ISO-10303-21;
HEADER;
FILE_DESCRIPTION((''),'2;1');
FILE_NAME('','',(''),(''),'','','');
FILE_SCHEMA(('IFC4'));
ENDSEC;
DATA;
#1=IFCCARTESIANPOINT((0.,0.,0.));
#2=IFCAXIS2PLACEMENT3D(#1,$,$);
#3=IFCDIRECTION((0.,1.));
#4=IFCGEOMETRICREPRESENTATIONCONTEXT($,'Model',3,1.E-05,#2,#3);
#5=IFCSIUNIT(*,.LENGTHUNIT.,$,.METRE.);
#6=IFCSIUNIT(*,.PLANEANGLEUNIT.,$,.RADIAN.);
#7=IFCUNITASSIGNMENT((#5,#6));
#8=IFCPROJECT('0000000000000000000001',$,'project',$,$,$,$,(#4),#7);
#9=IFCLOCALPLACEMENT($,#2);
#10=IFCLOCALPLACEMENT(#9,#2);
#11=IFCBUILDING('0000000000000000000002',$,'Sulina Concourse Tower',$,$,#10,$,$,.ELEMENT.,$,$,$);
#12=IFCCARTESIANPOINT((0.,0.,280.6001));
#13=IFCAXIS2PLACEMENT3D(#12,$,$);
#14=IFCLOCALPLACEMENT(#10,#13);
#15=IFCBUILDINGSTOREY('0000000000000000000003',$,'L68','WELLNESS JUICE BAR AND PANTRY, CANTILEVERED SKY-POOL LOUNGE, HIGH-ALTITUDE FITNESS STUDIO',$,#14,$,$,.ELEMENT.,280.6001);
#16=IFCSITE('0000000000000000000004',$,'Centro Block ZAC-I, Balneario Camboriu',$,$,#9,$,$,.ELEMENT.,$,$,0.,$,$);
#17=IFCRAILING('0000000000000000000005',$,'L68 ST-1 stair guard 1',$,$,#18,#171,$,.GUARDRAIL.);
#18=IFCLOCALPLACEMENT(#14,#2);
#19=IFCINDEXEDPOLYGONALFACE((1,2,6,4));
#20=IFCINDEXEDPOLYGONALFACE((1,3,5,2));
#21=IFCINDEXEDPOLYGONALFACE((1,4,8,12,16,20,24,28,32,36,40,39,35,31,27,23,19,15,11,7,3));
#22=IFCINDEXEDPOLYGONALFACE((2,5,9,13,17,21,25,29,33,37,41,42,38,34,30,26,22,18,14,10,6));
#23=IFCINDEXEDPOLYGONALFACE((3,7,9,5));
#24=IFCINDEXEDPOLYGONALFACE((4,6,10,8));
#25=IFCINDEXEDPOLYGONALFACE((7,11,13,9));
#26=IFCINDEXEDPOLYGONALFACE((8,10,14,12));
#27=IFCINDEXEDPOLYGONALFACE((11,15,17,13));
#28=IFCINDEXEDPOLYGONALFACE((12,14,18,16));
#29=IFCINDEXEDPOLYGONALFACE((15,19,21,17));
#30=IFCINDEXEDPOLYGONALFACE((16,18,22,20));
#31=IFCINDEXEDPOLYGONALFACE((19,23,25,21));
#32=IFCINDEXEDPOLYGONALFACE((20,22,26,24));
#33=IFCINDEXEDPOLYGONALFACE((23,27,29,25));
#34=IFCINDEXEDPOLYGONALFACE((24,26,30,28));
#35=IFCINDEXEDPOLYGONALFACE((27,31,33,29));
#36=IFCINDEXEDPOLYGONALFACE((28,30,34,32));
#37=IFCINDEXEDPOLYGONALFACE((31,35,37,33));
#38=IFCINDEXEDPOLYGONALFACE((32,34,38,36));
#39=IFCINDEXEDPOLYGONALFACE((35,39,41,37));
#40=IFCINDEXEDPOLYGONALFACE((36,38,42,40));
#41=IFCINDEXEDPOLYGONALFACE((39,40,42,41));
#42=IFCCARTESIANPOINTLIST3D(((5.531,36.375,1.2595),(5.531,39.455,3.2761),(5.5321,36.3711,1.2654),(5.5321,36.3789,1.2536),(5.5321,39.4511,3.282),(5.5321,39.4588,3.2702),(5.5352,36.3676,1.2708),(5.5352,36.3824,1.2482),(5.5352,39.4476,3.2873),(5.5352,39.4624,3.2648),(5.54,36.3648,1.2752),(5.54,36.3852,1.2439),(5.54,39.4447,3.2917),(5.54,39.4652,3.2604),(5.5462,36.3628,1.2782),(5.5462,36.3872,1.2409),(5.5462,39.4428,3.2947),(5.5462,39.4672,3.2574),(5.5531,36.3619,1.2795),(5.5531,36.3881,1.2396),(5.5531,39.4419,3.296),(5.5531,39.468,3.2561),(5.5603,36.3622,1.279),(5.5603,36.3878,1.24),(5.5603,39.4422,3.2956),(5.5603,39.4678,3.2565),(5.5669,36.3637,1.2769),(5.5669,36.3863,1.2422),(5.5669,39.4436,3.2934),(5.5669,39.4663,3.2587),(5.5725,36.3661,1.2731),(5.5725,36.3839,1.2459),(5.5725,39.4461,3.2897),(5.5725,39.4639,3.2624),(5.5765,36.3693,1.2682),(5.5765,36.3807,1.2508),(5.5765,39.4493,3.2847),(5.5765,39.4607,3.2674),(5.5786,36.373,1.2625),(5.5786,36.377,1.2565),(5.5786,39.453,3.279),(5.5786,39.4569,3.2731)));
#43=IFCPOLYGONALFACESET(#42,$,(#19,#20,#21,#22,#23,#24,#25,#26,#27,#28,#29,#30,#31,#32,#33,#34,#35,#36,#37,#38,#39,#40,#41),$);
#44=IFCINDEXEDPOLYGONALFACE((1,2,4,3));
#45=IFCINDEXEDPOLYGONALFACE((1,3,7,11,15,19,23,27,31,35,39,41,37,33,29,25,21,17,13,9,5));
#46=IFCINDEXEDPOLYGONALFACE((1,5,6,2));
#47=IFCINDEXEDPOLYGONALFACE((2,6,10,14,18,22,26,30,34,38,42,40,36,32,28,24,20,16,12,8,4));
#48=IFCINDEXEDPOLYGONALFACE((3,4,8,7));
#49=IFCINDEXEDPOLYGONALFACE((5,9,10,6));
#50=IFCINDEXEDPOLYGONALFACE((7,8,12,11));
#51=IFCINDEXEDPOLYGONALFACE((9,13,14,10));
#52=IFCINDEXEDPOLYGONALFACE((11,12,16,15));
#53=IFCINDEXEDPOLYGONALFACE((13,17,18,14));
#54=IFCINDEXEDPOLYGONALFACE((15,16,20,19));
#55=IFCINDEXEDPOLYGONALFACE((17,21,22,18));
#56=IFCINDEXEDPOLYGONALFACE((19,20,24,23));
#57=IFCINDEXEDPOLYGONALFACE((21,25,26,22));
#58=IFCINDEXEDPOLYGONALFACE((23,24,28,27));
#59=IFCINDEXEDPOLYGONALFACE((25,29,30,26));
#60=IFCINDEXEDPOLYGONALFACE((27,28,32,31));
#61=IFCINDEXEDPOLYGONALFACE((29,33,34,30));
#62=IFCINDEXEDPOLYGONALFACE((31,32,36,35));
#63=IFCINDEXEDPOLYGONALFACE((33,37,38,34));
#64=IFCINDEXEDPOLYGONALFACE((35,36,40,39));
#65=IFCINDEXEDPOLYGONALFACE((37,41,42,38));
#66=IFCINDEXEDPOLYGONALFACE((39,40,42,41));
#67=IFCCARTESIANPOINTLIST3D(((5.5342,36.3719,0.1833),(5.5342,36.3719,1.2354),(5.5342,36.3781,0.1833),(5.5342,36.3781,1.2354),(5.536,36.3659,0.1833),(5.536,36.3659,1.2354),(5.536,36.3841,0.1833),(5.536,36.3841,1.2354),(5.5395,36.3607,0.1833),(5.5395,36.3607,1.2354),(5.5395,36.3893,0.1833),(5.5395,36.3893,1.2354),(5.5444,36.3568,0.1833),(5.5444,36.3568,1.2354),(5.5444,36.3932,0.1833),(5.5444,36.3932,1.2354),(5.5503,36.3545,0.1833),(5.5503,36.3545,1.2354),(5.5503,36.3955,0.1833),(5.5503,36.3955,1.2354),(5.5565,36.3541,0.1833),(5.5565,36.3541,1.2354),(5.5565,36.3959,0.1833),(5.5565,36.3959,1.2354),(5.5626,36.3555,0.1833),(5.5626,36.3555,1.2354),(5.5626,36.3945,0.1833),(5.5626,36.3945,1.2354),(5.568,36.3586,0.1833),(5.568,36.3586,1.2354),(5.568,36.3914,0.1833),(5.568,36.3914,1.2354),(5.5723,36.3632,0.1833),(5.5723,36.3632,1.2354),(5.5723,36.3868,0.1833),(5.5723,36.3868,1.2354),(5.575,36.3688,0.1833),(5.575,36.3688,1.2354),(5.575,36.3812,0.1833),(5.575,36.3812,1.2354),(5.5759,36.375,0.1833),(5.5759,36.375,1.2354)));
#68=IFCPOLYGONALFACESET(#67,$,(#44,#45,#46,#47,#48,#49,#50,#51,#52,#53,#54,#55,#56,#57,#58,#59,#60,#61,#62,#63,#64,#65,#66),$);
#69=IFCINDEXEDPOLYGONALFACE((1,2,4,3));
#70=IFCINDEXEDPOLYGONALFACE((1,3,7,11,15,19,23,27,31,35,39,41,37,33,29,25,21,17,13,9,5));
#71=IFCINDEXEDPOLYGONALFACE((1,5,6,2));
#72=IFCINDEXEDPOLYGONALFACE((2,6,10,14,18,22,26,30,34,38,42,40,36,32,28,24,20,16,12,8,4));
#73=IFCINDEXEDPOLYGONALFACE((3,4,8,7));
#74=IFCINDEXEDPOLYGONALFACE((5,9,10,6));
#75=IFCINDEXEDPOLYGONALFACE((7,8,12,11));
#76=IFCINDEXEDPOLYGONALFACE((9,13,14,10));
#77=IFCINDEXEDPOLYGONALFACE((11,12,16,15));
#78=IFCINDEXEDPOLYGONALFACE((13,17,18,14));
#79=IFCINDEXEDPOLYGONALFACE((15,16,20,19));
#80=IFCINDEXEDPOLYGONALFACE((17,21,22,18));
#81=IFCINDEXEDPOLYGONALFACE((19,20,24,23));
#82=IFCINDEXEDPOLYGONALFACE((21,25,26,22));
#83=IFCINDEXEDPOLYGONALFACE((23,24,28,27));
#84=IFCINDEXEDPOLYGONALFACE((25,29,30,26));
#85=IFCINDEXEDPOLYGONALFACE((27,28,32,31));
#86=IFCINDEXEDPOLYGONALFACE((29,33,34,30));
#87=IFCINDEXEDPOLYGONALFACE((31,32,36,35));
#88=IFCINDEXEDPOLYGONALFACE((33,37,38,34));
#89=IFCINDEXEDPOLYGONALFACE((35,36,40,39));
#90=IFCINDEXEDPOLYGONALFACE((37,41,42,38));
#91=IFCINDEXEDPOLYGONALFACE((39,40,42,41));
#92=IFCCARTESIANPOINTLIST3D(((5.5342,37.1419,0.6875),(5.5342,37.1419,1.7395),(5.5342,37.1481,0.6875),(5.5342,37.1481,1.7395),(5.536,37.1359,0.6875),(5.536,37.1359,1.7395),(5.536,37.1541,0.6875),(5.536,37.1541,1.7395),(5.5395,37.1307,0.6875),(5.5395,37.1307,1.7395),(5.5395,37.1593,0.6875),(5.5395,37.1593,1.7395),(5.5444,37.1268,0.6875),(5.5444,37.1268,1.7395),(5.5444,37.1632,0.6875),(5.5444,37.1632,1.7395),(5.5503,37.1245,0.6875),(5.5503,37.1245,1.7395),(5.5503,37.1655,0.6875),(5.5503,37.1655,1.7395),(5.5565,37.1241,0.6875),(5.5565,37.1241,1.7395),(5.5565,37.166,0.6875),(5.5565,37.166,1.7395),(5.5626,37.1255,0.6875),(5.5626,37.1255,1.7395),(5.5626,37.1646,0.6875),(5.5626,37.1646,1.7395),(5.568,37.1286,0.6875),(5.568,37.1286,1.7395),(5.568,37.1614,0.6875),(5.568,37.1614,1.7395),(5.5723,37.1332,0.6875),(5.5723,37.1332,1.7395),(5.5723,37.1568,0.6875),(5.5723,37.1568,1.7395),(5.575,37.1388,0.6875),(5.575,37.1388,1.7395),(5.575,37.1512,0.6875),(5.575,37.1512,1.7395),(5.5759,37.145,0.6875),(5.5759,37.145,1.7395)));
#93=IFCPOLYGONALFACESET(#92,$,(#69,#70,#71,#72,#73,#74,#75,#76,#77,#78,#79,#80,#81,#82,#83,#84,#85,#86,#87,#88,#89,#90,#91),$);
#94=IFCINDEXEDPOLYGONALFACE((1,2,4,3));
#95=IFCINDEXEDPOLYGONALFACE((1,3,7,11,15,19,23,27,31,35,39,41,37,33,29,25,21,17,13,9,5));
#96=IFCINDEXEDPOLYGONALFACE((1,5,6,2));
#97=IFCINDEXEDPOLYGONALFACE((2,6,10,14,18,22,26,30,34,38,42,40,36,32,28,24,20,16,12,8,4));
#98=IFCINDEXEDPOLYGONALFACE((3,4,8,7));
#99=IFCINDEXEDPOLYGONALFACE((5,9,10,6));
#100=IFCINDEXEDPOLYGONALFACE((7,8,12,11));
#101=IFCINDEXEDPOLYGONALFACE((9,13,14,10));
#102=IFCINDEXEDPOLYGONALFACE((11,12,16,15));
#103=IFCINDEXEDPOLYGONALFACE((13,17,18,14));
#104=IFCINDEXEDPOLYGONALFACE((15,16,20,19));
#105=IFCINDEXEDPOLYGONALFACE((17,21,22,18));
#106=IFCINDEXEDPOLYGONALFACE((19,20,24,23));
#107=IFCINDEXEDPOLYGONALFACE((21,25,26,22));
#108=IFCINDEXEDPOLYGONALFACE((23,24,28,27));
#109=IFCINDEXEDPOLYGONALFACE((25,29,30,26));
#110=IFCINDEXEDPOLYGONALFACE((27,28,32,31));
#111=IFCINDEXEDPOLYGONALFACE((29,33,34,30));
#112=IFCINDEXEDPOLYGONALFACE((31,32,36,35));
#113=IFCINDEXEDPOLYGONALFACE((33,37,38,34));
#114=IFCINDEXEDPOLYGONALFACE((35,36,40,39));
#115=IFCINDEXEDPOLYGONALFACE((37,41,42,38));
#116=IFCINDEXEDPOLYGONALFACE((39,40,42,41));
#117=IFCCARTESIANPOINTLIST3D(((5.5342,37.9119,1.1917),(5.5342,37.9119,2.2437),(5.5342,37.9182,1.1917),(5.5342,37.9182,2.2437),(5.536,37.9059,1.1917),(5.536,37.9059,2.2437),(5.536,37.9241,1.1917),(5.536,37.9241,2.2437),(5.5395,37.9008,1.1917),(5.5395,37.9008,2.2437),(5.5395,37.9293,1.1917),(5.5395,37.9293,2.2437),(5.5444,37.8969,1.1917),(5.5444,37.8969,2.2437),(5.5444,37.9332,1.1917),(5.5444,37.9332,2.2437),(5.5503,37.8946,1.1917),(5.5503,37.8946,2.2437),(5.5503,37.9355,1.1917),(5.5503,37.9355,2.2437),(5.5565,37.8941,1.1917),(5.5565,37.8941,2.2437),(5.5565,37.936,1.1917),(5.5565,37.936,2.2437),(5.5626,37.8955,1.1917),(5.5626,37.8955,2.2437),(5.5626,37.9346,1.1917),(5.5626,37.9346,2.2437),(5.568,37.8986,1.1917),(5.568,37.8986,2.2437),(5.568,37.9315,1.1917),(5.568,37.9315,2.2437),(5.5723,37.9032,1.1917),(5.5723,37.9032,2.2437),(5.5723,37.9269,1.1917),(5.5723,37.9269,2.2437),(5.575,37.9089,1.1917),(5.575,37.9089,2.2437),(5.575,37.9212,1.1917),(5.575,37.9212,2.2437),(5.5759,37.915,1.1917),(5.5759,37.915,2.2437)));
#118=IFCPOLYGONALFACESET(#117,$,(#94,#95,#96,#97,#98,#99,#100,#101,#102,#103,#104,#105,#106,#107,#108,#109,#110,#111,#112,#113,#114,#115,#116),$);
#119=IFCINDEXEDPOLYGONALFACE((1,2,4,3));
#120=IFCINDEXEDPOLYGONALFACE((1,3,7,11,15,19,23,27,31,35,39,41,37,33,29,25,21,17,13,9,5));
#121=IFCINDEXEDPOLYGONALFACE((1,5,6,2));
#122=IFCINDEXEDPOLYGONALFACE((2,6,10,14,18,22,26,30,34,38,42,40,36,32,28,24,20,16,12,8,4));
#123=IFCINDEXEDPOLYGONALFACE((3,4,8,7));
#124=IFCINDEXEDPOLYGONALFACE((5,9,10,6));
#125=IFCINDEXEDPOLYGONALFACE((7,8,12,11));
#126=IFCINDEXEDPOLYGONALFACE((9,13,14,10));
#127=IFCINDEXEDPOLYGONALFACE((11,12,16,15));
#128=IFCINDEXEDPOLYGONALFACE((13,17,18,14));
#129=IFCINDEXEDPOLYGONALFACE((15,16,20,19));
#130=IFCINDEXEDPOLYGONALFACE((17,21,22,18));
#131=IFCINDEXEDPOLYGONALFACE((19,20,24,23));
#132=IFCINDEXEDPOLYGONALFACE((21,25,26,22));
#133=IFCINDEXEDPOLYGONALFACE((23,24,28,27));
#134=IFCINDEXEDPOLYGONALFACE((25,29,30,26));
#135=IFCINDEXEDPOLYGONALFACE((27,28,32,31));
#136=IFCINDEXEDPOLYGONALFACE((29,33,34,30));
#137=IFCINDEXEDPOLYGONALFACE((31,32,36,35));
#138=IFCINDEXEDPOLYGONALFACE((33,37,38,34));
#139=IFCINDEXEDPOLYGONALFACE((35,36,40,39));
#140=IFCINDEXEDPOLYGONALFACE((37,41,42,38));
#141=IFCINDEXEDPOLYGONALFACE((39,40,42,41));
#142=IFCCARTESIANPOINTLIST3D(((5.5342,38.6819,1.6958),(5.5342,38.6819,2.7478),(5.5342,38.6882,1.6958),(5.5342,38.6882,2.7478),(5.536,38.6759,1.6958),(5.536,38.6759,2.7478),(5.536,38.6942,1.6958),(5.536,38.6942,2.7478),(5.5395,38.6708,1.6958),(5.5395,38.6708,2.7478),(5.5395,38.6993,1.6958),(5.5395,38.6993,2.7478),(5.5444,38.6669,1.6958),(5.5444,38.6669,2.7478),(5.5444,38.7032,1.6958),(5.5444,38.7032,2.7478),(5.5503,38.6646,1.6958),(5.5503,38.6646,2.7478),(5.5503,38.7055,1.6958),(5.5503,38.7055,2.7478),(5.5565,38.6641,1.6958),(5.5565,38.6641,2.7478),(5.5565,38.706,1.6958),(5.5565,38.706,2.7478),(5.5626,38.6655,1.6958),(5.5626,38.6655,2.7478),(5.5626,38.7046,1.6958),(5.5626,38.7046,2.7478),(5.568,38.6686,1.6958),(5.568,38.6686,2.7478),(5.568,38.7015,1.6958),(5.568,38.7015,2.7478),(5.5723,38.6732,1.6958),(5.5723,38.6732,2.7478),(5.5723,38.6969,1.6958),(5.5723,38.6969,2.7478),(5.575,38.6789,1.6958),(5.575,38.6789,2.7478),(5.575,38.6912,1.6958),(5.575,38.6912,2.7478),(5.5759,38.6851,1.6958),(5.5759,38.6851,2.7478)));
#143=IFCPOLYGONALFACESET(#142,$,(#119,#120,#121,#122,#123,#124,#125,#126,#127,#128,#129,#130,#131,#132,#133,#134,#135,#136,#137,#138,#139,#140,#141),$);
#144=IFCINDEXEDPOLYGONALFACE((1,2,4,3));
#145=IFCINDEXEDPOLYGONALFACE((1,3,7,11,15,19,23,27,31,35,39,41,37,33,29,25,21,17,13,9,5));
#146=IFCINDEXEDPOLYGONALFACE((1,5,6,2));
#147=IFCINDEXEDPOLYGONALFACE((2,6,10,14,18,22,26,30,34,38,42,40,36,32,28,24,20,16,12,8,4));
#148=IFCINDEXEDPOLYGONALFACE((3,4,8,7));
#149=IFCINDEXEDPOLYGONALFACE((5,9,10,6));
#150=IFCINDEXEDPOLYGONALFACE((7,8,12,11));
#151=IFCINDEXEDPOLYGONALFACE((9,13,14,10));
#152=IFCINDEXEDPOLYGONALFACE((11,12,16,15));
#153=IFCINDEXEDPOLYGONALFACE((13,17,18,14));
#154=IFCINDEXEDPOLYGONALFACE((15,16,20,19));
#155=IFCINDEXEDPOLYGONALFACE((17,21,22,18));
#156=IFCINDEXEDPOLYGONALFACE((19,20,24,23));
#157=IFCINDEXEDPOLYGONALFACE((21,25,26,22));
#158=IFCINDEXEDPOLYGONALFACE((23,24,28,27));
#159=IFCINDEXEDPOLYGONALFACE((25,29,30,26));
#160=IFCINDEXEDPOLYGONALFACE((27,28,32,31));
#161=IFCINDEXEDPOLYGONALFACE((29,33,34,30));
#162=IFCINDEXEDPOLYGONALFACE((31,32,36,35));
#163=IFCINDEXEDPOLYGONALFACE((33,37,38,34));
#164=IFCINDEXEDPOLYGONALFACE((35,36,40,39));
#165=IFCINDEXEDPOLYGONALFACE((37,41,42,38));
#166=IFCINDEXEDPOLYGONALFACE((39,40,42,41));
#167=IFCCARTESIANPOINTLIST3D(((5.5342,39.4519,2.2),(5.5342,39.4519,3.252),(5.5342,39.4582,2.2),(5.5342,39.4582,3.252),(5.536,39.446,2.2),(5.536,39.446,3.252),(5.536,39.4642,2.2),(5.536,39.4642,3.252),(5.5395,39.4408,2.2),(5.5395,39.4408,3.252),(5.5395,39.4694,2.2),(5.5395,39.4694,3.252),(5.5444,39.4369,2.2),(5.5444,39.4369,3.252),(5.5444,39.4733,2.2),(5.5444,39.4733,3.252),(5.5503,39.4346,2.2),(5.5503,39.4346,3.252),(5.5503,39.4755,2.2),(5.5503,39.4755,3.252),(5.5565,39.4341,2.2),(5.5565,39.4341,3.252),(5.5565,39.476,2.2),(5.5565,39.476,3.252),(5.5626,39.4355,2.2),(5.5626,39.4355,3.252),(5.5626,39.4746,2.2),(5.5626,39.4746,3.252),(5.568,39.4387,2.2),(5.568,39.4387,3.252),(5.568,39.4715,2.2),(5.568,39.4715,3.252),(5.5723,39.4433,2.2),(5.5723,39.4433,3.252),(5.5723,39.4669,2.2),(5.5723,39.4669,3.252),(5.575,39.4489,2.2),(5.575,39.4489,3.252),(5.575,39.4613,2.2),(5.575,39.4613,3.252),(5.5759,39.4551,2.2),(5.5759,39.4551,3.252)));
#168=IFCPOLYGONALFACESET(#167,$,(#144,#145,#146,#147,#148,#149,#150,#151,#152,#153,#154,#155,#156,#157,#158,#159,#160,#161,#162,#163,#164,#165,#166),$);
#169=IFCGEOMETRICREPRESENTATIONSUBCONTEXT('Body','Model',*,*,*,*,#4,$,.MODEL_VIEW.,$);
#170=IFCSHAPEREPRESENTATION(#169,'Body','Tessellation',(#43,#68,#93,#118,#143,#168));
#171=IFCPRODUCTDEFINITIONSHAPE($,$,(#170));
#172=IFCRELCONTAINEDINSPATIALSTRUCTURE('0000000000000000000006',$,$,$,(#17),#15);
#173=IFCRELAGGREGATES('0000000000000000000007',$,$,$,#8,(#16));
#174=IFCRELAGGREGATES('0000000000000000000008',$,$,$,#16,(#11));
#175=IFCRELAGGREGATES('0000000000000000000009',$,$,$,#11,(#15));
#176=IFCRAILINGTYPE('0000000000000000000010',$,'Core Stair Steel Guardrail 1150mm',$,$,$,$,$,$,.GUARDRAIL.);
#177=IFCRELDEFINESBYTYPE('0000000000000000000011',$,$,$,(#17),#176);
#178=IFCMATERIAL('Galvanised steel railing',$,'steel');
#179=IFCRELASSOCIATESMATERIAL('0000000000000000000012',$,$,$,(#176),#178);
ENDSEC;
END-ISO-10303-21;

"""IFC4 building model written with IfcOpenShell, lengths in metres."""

from ifc_helpers import new_model, si_unit, direction, frame, origin, origin_2d, place, context, subcontext, project, spatial, circle, extrude, material, type_object, element, save


model = new_model("IFC4")

# Units and contexts
model_context = context("Model", 3, precision=1e-05, world=origin(), true_north=direction((0.0, 1.0)))
body_context = subcontext(model_context, "Body", "Model", "MODEL_VIEW")
ifc_project = project(units=[si_unit("LENGTHUNIT", "METRE"), si_unit("PLANEANGLEUNIT", "RADIAN")], contexts=[model_context])

# Site, building, storey
site_placement = place(None, origin())
site = spatial("IfcSite", under=ifc_project, at=site_placement, Name="Centro Block ZAC-I, Balneario Camboriu", CompositionType="ELEMENT", RefElevation=0.0)
building_placement = place(site_placement, origin())
building = spatial("IfcBuilding", under=site, at=building_placement, Name="Sulina Concourse Tower", CompositionType="ELEMENT")
storey_placement = place(building_placement, frame((0.0, 0.0, 280.6001)))
storey = spatial("IfcBuildingStorey", under=building, at=storey_placement, Name="L68", Description="WELLNESS JUICE BAR AND PANTRY, CANTILEVERED SKY-POOL LOUNGE, HIGH-ALTITUDE FITNESS STUDIO", CompositionType="ELEMENT", Elevation=280.6001)

# Railing
ifc_material_1 = material(Name="Galvanised steel railing", Category="steel")
railing_type_1 = type_object("IfcRailingType", Name="Core Stair Steel Guardrail 1150mm", PredefinedType="GUARDRAIL", material=ifc_material_1)
railing_1_placement = place(storey_placement, frame((5.5549, 36.375, 0.1833)))
element("IfcRailing", 1, at=railing_1_placement, inside=storey, type_object=railing_type_1, Name="L68 ST-1 stair guard 1", PredefinedType="GUARDRAIL", context=body_context, shape_type="SweptSolid", body=[
    extrude(circle(Radius=0.0239, at=origin_2d()), frame((0.0, 0.0, 1.0762), z_axis=(0.0, 0.836633, 0.547764), x_axis=(-1.0, 0.0, 0.0)), (0.0, 0.0, 1.0), 3.6814),
    extrude(circle(Radius=0.021, at=origin_2d()), origin(), (0.0, 0.0, 1.0), 1.052),
    extrude(circle(Radius=0.021, at=origin_2d()), frame((0.0, 0.77, 0.5042)), (0.0, 0.0, 1.0), 1.052),
    extrude(circle(Radius=0.021, at=origin_2d()), frame((0.0, 1.54, 1.0083)), (0.0, 0.0, 1.0), 1.052),
    extrude(circle(Radius=0.021, at=origin_2d()), frame((0.0, 2.3101, 1.5125)), (0.0, 0.0, 1.0), 1.052),
    extrude(circle(Radius=0.021, at=origin_2d()), frame((0.0, 3.0801, 2.0166)), (0.0, 0.0, 1.0), 1.052),
])

save(model, "model.ifc")
